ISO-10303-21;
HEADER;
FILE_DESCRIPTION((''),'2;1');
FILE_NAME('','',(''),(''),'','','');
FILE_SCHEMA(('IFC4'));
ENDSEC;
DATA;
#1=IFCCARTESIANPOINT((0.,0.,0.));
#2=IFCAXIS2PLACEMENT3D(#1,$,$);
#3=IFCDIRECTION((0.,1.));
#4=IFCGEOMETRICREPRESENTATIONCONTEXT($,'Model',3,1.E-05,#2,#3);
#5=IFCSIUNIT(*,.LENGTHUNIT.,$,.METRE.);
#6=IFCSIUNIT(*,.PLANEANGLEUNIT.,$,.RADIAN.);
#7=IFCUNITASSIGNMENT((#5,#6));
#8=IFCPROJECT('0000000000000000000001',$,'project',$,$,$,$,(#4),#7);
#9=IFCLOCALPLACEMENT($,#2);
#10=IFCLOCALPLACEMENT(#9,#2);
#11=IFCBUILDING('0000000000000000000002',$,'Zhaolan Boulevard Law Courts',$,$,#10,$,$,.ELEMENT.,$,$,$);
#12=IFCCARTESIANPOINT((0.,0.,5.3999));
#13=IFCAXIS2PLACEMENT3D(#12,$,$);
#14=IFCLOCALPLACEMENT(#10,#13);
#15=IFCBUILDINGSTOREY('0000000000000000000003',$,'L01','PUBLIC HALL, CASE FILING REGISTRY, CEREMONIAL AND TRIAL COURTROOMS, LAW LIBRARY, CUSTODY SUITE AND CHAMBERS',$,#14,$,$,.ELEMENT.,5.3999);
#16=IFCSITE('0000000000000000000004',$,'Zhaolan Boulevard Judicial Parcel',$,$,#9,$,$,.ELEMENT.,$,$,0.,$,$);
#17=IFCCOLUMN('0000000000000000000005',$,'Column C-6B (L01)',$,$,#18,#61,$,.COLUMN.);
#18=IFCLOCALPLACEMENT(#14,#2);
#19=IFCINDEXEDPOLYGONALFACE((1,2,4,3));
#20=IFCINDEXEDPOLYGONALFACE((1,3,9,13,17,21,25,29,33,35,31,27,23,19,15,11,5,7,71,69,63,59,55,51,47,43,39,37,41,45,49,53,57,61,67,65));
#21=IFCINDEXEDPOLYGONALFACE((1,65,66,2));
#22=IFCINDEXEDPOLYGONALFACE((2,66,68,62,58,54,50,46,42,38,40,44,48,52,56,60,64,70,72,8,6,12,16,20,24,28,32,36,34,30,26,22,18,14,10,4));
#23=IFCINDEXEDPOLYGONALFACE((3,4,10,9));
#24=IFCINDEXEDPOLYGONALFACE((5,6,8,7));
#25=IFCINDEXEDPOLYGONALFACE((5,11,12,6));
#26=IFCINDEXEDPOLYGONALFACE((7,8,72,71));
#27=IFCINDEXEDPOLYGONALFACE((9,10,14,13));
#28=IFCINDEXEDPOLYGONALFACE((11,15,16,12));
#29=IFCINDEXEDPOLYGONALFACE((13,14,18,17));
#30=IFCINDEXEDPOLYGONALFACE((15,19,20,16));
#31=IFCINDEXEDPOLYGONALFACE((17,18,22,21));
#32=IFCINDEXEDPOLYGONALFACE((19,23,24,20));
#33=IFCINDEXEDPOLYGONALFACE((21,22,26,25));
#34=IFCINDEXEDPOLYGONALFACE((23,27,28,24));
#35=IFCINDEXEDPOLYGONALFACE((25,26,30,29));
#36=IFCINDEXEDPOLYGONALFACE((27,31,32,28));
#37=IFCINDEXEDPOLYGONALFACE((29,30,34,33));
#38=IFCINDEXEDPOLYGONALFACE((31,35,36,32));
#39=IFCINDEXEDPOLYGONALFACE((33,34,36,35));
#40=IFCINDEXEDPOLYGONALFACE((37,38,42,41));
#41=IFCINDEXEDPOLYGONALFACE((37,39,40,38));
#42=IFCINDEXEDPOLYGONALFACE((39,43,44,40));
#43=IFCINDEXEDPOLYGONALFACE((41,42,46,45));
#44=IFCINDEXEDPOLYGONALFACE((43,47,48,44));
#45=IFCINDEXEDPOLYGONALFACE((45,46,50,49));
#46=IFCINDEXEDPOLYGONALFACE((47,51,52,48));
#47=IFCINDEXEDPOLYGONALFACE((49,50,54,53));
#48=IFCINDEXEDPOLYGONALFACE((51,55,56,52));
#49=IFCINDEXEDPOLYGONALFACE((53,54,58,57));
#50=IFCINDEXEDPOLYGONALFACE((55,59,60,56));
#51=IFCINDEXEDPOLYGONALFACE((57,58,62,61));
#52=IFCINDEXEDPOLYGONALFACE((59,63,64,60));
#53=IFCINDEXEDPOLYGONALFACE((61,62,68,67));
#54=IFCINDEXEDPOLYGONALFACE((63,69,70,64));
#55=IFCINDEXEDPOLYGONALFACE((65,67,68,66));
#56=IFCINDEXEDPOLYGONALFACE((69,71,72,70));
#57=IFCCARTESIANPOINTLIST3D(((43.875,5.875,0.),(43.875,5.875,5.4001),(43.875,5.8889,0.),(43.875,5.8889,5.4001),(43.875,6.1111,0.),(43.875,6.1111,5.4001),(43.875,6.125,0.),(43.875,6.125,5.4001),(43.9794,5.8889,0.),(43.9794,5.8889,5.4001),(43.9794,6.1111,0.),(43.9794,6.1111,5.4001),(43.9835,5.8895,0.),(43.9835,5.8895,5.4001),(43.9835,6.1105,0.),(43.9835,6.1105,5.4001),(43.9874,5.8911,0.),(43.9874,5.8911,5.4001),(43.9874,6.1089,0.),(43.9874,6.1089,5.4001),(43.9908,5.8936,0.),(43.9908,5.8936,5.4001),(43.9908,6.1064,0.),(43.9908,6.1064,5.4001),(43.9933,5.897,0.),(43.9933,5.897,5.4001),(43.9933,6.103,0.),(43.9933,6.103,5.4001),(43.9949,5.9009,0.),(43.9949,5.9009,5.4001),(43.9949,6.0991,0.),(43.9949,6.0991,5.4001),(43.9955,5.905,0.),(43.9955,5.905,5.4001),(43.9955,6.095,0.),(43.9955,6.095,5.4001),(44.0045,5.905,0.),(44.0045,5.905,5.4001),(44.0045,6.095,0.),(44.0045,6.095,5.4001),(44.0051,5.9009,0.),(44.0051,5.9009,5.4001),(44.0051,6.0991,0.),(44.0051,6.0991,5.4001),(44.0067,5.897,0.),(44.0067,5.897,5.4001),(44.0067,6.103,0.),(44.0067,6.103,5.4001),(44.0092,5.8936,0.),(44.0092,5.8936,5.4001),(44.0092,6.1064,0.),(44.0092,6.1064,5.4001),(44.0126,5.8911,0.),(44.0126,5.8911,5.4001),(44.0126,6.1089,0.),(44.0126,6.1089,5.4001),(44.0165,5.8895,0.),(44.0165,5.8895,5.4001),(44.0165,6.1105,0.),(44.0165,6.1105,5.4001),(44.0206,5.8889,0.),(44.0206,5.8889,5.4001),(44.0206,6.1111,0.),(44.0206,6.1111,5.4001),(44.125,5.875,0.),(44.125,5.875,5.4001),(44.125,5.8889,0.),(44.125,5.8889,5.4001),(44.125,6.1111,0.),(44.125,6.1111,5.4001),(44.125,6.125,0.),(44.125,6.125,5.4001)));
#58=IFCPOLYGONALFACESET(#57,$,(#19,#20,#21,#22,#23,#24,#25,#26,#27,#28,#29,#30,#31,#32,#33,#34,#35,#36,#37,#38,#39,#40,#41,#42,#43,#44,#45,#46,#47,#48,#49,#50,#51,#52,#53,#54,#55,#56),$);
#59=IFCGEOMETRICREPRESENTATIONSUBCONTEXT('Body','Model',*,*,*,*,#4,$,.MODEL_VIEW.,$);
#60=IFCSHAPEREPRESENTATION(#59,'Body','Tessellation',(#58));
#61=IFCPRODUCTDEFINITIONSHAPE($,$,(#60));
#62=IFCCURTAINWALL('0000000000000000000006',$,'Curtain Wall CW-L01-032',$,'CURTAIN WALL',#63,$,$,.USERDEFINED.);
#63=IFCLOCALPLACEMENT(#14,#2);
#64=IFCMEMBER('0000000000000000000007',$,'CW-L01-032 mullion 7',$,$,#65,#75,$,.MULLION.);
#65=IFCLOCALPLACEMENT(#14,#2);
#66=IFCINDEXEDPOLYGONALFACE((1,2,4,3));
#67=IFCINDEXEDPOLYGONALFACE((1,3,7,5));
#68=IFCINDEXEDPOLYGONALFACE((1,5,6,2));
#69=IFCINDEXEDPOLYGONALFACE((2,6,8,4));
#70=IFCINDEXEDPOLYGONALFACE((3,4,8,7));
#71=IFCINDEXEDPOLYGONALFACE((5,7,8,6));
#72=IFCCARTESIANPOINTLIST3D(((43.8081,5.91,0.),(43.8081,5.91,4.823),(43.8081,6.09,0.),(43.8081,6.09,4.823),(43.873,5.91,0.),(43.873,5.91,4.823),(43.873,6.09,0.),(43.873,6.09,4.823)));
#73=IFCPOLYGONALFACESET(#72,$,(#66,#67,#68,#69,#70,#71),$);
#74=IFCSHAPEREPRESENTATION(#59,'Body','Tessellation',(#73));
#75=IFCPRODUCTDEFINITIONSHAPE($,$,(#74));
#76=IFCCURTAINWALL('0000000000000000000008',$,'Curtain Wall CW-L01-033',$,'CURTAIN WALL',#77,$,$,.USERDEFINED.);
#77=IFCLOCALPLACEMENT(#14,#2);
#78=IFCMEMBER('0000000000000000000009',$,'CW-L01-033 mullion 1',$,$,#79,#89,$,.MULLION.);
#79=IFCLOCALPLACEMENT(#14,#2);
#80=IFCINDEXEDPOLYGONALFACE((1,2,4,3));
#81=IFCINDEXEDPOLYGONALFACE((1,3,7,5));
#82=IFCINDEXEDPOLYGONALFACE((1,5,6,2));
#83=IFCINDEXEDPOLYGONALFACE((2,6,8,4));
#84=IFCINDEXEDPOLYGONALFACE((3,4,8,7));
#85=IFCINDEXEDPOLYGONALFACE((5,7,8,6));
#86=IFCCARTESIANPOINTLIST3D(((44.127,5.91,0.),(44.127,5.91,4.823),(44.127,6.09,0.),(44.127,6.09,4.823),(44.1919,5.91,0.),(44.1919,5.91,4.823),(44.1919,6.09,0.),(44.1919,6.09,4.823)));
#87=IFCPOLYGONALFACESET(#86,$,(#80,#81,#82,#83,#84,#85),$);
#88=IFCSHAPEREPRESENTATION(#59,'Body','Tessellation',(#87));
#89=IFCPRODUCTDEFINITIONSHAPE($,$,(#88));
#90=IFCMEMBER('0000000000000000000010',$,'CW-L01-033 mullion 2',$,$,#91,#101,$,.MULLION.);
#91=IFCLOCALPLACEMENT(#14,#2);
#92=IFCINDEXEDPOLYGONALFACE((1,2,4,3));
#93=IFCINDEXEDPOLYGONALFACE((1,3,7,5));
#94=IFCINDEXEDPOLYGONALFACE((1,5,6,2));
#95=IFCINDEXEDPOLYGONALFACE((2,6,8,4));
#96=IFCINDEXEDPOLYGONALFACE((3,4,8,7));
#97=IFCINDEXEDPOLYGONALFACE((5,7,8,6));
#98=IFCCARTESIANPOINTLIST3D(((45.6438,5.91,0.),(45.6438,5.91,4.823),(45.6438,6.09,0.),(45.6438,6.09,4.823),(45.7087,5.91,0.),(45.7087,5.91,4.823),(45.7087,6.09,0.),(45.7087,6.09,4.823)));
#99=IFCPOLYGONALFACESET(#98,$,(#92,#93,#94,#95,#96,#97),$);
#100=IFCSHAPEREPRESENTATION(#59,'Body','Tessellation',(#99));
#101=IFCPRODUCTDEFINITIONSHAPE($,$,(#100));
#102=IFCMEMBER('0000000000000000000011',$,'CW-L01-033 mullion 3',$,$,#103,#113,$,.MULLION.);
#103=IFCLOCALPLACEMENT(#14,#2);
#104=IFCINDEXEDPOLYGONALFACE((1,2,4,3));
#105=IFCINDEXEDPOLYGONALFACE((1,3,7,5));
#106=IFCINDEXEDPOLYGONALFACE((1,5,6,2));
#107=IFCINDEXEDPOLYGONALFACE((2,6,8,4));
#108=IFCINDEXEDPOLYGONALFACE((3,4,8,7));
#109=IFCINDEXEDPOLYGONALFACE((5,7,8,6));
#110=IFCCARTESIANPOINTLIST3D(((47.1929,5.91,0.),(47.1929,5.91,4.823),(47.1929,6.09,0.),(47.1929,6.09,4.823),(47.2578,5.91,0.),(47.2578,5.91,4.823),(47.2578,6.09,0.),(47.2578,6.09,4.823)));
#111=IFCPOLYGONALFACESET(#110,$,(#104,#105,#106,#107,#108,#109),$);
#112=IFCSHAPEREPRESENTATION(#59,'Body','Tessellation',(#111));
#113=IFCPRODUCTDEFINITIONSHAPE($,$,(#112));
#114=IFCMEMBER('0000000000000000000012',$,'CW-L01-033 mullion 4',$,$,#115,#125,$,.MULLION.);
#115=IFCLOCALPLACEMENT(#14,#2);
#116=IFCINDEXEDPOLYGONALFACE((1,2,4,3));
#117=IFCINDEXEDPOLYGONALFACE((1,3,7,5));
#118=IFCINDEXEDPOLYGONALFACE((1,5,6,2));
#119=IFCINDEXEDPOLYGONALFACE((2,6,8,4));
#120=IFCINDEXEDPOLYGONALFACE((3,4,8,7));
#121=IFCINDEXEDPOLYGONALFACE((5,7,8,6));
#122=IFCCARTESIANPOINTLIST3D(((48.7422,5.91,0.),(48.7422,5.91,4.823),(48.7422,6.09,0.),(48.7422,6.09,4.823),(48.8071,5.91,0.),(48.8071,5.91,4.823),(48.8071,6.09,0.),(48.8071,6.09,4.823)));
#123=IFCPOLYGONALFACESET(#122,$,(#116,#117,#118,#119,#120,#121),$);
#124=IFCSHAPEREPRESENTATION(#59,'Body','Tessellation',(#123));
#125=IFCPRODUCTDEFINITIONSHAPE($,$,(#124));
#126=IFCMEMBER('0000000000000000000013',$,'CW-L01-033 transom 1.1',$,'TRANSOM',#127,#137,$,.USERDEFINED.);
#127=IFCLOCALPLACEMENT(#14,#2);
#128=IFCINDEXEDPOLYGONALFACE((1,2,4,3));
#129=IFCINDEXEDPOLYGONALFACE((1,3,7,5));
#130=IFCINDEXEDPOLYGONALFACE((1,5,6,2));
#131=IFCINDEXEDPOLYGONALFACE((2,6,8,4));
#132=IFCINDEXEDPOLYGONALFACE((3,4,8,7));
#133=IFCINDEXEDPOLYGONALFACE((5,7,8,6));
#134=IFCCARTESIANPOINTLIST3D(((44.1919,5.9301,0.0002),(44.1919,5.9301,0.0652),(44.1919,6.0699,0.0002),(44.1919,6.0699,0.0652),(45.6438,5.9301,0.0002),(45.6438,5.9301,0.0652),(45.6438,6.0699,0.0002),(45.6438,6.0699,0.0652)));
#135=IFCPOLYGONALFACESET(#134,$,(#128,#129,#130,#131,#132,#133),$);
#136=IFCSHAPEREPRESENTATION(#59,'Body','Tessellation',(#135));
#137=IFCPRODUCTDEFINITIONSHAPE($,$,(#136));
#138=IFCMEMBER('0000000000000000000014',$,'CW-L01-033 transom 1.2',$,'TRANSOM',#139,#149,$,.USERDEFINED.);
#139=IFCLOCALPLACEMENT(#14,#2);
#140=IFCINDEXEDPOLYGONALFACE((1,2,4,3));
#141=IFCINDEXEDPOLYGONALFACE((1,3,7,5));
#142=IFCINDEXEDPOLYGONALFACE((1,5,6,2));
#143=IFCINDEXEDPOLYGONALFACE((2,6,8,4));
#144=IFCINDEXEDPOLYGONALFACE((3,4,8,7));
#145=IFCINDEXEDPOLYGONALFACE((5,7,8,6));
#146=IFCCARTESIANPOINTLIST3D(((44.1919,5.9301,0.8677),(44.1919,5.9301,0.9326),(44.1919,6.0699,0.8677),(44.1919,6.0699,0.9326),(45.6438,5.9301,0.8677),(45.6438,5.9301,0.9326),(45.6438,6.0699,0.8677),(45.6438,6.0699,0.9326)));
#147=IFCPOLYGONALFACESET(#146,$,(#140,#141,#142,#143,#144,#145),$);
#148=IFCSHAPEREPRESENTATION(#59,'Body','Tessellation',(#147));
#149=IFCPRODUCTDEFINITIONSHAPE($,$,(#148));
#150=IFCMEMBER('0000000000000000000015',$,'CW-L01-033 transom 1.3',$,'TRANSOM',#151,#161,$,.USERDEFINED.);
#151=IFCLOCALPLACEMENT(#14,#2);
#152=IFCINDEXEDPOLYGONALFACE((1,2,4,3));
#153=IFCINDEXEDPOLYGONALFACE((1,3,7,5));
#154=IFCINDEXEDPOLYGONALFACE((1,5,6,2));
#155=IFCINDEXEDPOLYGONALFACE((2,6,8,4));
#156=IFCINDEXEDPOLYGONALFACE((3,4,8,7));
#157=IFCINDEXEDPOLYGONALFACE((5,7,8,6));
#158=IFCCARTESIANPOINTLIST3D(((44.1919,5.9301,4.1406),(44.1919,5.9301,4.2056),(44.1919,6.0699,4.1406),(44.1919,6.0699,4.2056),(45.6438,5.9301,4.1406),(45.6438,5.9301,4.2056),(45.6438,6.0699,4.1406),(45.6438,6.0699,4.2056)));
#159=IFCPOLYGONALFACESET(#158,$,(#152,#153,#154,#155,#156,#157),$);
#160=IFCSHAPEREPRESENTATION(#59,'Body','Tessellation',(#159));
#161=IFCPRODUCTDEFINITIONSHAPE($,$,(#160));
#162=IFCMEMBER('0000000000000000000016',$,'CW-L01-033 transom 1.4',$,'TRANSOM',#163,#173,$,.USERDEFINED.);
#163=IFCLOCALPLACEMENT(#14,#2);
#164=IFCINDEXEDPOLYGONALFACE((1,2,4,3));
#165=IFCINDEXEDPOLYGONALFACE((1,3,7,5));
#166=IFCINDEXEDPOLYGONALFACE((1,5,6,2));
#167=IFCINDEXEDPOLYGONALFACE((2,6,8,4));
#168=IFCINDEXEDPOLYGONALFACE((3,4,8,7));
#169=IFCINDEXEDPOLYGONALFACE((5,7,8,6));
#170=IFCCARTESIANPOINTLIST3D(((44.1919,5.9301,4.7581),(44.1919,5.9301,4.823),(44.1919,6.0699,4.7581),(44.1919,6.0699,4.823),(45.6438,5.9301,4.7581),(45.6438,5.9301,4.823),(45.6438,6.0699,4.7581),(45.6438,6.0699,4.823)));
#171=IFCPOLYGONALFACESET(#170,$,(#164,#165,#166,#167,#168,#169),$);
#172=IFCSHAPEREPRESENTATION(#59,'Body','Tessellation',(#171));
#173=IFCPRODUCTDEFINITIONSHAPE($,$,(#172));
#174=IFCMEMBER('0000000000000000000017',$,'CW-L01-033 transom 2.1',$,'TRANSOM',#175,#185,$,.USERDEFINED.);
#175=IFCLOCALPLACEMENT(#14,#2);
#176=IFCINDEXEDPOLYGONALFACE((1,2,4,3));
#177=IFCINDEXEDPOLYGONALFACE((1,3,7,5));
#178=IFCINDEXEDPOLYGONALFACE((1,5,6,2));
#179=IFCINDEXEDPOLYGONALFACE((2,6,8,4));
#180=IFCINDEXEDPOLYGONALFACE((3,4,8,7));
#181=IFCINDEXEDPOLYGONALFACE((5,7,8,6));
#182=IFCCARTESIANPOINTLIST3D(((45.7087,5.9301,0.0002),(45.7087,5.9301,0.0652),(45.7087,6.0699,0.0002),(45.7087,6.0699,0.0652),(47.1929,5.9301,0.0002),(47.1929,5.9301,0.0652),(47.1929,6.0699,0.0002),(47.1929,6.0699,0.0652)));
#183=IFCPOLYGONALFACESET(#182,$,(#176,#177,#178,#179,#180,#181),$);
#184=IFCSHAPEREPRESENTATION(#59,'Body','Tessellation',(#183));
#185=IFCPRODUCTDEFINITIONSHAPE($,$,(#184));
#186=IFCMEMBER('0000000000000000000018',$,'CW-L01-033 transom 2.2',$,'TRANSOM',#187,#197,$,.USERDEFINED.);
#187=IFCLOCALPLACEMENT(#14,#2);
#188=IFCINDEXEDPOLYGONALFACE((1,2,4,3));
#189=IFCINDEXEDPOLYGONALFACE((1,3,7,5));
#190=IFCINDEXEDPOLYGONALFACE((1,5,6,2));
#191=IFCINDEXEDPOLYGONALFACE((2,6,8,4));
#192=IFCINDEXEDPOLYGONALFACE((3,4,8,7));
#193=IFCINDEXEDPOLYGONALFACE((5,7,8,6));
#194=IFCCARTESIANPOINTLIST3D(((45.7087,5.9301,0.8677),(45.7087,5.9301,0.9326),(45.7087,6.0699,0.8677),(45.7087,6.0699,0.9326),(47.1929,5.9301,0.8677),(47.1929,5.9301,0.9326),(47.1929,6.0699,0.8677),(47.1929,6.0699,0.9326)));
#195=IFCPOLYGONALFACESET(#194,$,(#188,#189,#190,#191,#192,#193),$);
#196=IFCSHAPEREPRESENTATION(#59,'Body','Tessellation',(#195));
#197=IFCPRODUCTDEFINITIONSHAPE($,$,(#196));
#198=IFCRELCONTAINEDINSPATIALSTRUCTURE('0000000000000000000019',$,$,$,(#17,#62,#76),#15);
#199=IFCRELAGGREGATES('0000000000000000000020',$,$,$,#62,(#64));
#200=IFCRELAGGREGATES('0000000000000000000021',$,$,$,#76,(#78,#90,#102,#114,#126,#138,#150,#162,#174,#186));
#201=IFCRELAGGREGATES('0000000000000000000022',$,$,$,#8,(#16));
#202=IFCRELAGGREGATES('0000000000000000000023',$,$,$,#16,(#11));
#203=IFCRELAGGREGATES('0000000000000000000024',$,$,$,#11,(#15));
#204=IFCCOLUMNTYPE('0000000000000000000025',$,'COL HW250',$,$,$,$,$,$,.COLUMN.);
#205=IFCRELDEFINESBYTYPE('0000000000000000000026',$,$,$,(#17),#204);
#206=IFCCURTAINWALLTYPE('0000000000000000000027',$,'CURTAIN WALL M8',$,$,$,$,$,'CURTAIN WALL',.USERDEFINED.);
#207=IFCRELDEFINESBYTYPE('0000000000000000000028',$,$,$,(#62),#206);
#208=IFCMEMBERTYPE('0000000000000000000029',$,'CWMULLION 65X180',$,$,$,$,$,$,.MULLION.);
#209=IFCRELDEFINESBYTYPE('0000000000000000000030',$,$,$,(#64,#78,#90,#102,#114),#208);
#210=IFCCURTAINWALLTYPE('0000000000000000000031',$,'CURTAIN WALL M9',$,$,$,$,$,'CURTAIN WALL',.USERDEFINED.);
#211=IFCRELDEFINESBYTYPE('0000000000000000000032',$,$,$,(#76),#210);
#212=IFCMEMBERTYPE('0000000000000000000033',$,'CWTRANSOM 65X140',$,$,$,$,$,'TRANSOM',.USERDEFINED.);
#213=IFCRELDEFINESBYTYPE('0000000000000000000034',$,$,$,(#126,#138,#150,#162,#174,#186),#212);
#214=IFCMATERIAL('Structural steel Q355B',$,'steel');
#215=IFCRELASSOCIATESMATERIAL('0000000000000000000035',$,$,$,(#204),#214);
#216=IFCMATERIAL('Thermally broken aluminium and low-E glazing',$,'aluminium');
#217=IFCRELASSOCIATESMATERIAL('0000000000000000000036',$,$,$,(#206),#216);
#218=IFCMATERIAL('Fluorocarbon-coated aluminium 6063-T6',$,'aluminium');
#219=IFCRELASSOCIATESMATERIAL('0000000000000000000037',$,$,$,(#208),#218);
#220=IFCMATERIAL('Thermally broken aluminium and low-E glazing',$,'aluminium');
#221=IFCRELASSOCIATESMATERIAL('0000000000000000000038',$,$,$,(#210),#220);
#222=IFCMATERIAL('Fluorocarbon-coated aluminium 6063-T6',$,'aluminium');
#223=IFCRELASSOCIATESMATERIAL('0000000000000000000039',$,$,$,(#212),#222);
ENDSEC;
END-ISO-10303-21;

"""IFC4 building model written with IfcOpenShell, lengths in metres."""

from ifc_helpers import new_model, si_unit, direction, frame, origin, origin_2d, place, context, subcontext, project, spatial, rectangle, i_section, extrude, material, material_profile, profile_set, type_object, element, aggregate, save


model = new_model("IFC4")

# Units and contexts
model_context = context("Model", 3, precision=1e-05, world=origin(), true_north=direction((0.0, 1.0)))
body_context = subcontext(model_context, "Body", "Model", "MODEL_VIEW")
ifc_project = project(units=[si_unit("LENGTHUNIT", "METRE"), si_unit("PLANEANGLEUNIT", "RADIAN")], contexts=[model_context])

# Site, building, storey
site_placement = place(None, origin())
site = spatial("IfcSite", under=ifc_project, at=site_placement, Name="Zhaolan Boulevard Judicial Parcel", CompositionType="ELEMENT", RefElevation=0.0)
building_placement = place(site_placement, origin())
building = spatial("IfcBuilding", under=site, at=building_placement, Name="Zhaolan Boulevard Law Courts", CompositionType="ELEMENT")
storey_placement = place(building_placement, frame((0.0, 0.0, 5.3999)))
storey = spatial("IfcBuildingStorey", under=building, at=storey_placement, Name="L01", Description="PUBLIC HALL, CASE FILING REGISTRY, CEREMONIAL AND TRIAL COURTROOMS, LAW LIBRARY, CUSTODY SUITE AND CHAMBERS", CompositionType="ELEMENT", Elevation=5.3999)

# Column
ifc_material_1 = material(Name="Structural steel Q355B", Category="steel")
ifc_material_profile_1 = material_profile(ifc_material_1, i_section(OverallWidth=0.25, OverallDepth=0.25, WebThickness=0.009, FlangeThickness=0.0139, FilletRadius=0.0161, at=origin_2d()), Name="HW250x250")
ifc_profile_set_1 = profile_set([ifc_material_profile_1], Name="Structural steel Q355B")
column_type = type_object("IfcColumnType", Name="COL HW250", PredefinedType="COLUMN", material=ifc_profile_set_1)
column_placement = place(storey_placement, frame((44.0, 6.0, 0.0), z_axis=(0.0, 0.0, 1.0), x_axis=(1.0, 0.0, 0.0)))
element("IfcColumn", 1, at=column_placement, inside=storey, type_object=column_type, Name="Column C-6B (L01)", PredefinedType="COLUMN", context=body_context, shape_type="SweptSolid", body=[
    extrude(i_section(OverallWidth=0.25, OverallDepth=0.25, WebThickness=0.009, FlangeThickness=0.0139, FilletRadius=0.0161, at=origin_2d()), origin(), (0.0, 0.0, 1.0), 5.4001),
])

# Curtain wall, member
ifc_material_2 = material(Name="Thermally broken aluminium and low-E glazing", Category="aluminium")
curtain_wall_type_1 = type_object("IfcCurtainWallType", Name="CURTAIN WALL M8", ElementType="CURTAIN WALL", PredefinedType="USERDEFINED", material=ifc_material_2)
curtain_wall_1_placement = place(storey_placement, origin())
curtain_wall_1 = element("IfcCurtainWall", 2, at=curtain_wall_1_placement, inside=storey, type_object=curtain_wall_type_1, Name="Curtain Wall CW-L01-032", ObjectType="CURTAIN WALL", PredefinedType="USERDEFINED")
ifc_material_3 = material(Name="Fluorocarbon-coated aluminium 6063-T6", Category="aluminium")
ifc_material_profile_2 = material_profile(ifc_material_3, rectangle(XDim=0.1799, YDim=0.0649, at=origin_2d()), Name="AL65x180")
ifc_profile_set_2 = profile_set([ifc_material_profile_2], Name="Fluorocarbon-coated aluminium 6063-T6")
member_type_1 = type_object("IfcMemberType", Name="CWMULLION 65X180", PredefinedType="MULLION", material=ifc_profile_set_2)
member_1_placement = place(storey_placement, frame((43.8406, 6.0, 0.0), z_axis=(0.0, 0.0, 1.0), x_axis=(0.0, 1.0, 0.0)))
member_1 = element("IfcMember", 3, at=member_1_placement, type_object=member_type_1, Name="CW-L01-032 mullion 7", PredefinedType="MULLION", context=body_context, shape_type="SweptSolid", body=[
    extrude(rectangle(XDim=0.1799, YDim=0.0649, at=origin_2d()), origin(), (0.0, 0.0, 1.0), 4.823),
])

# Curtain wall, members
ifc_material_4 = material(Name="Thermally broken aluminium and low-E glazing", Category="aluminium")
curtain_wall_type_2 = type_object("IfcCurtainWallType", Name="CURTAIN WALL M9", ElementType="CURTAIN WALL", PredefinedType="USERDEFINED", material=ifc_material_4)
curtain_wall_2_placement = place(storey_placement, origin())
curtain_wall_2 = element("IfcCurtainWall", 4, at=curtain_wall_2_placement, inside=storey, type_object=curtain_wall_type_2, Name="Curtain Wall CW-L01-033", ObjectType="CURTAIN WALL", PredefinedType="USERDEFINED")
member_2_placement = place(storey_placement, frame((44.1594, 6.0, 0.0), z_axis=(0.0, 0.0, 1.0), x_axis=(0.0, 1.0, 0.0)))
member_2 = element("IfcMember", 5, at=member_2_placement, type_object=member_type_1, Name="CW-L01-033 mullion 1", PredefinedType="MULLION", context=body_context, shape_type="SweptSolid", body=[
    extrude(rectangle(XDim=0.1799, YDim=0.0649, at=origin_2d()), origin(), (0.0, 0.0, 1.0), 4.823),
])
member_3_placement = place(storey_placement, frame((45.6763, 6.0, 0.0), z_axis=(0.0, 0.0, 1.0), x_axis=(0.0, 1.0, 0.0)))
member_3 = element("IfcMember", 6, at=member_3_placement, type_object=member_type_1, Name="CW-L01-033 mullion 2", PredefinedType="MULLION", context=body_context, shape_type="SweptSolid", body=[
    extrude(rectangle(XDim=0.1799, YDim=0.0649, at=origin_2d()), origin(), (0.0, 0.0, 1.0), 4.823),
])
member_4_placement = place(storey_placement, frame((47.2253, 6.0, 0.0), z_axis=(0.0, 0.0, 1.0), x_axis=(0.0, 1.0, 0.0)))
member_4 = element("IfcMember", 7, at=member_4_placement, type_object=member_type_1, Name="CW-L01-033 mullion 3", PredefinedType="MULLION", context=body_context, shape_type="SweptSolid", body=[
    extrude(rectangle(XDim=0.1799, YDim=0.0649, at=origin_2d()), origin(), (0.0, 0.0, 1.0), 4.823),
])
member_5_placement = place(storey_placement, frame((48.7747, 6.0, 0.0), z_axis=(0.0, 0.0, 1.0), x_axis=(0.0, 1.0, 0.0)))
member_5 = element("IfcMember", 8, at=member_5_placement, type_object=member_type_1, Name="CW-L01-033 mullion 4", PredefinedType="MULLION", context=body_context, shape_type="SweptSolid", body=[
    extrude(rectangle(XDim=0.1799, YDim=0.0649, at=origin_2d()), origin(), (0.0, 0.0, 1.0), 4.823),
])
ifc_material_5 = material(Name="Fluorocarbon-coated aluminium 6063-T6", Category="aluminium")
ifc_material_profile_3 = material_profile(ifc_material_5, rectangle(XDim=0.1399, YDim=0.0649, at=origin_2d()), Name="AL65x140")
ifc_profile_set_3 = profile_set([ifc_material_profile_3], Name="Fluorocarbon-coated aluminium 6063-T6")
member_type_2 = type_object("IfcMemberType", Name="CWTRANSOM 65X140", ElementType="TRANSOM", PredefinedType="USERDEFINED", material=ifc_profile_set_3)
member_6_placement = place(storey_placement, frame((44.1919, 6.0, 0.0327), z_axis=(1.0, 0.0, 0.0), x_axis=(0.0, 1.0, 0.0)))
member_6 = element("IfcMember", 9, at=member_6_placement, type_object=member_type_2, Name="CW-L01-033 transom 1.1", ObjectType="TRANSOM", PredefinedType="USERDEFINED", context=body_context, shape_type="SweptSolid", body=[
    extrude(rectangle(XDim=0.1399, YDim=0.0649, at=origin_2d()), origin(), (0.0, 0.0, 1.0), 1.4519),
])
member_7_placement = place(storey_placement, frame((44.1919, 6.0, 0.9001), z_axis=(1.0, 0.0, 0.0), x_axis=(0.0, 1.0, 0.0)))
member_7 = element("IfcMember", 10, at=member_7_placement, type_object=member_type_2, Name="CW-L01-033 transom 1.2", ObjectType="TRANSOM", PredefinedType="USERDEFINED", context=body_context, shape_type="SweptSolid", body=[
    extrude(rectangle(XDim=0.1399, YDim=0.0649, at=origin_2d()), origin(), (0.0, 0.0, 1.0), 1.4519),
])
member_8_placement = place(storey_placement, frame((44.1919, 6.0, 4.1731), z_axis=(1.0, 0.0, 0.0), x_axis=(0.0, 1.0, 0.0)))
member_8 = element("IfcMember", 11, at=member_8_placement, type_object=member_type_2, Name="CW-L01-033 transom 1.3", ObjectType="TRANSOM", PredefinedType="USERDEFINED", context=body_context, shape_type="SweptSolid", body=[
    extrude(rectangle(XDim=0.1399, YDim=0.0649, at=origin_2d()), origin(), (0.0, 0.0, 1.0), 1.4519),
])
member_9_placement = place(storey_placement, frame((44.1919, 6.0, 4.7905), z_axis=(1.0, 0.0, 0.0), x_axis=(0.0, 1.0, 0.0)))
member_9 = element("IfcMember", 12, at=member_9_placement, type_object=member_type_2, Name="CW-L01-033 transom 1.4", ObjectType="TRANSOM", PredefinedType="USERDEFINED", context=body_context, shape_type="SweptSolid", body=[
    extrude(rectangle(XDim=0.1399, YDim=0.0649, at=origin_2d()), origin(), (0.0, 0.0, 1.0), 1.4519),
])
member_10_placement = place(storey_placement, frame((45.7087, 6.0, 0.0327), z_axis=(1.0, 0.0, 0.0), x_axis=(0.0, 1.0, 0.0)))
member_10 = element("IfcMember", 13, at=member_10_placement, type_object=member_type_2, Name="CW-L01-033 transom 2.1", ObjectType="TRANSOM", PredefinedType="USERDEFINED", context=body_context, shape_type="SweptSolid", body=[
    extrude(rectangle(XDim=0.1399, YDim=0.0649, at=origin_2d()), origin(), (0.0, 0.0, 1.0), 1.4841),
])
member_11_placement = place(storey_placement, frame((45.7087, 6.0, 0.9001), z_axis=(1.0, 0.0, 0.0), x_axis=(0.0, 1.0, 0.0)))
member_11 = element("IfcMember", 14, at=member_11_placement, type_object=member_type_2, Name="CW-L01-033 transom 2.2", ObjectType="TRANSOM", PredefinedType="USERDEFINED", context=body_context, shape_type="SweptSolid", body=[
    extrude(rectangle(XDim=0.1399, YDim=0.0649, at=origin_2d()), origin(), (0.0, 0.0, 1.0), 1.4841),
])

aggregate(curtain_wall_1, [member_1])
aggregate(curtain_wall_2, [member_2, member_3, member_4, member_5, member_6, member_7, member_8, member_9, member_10, member_11])

save(model, "model.ifc")
